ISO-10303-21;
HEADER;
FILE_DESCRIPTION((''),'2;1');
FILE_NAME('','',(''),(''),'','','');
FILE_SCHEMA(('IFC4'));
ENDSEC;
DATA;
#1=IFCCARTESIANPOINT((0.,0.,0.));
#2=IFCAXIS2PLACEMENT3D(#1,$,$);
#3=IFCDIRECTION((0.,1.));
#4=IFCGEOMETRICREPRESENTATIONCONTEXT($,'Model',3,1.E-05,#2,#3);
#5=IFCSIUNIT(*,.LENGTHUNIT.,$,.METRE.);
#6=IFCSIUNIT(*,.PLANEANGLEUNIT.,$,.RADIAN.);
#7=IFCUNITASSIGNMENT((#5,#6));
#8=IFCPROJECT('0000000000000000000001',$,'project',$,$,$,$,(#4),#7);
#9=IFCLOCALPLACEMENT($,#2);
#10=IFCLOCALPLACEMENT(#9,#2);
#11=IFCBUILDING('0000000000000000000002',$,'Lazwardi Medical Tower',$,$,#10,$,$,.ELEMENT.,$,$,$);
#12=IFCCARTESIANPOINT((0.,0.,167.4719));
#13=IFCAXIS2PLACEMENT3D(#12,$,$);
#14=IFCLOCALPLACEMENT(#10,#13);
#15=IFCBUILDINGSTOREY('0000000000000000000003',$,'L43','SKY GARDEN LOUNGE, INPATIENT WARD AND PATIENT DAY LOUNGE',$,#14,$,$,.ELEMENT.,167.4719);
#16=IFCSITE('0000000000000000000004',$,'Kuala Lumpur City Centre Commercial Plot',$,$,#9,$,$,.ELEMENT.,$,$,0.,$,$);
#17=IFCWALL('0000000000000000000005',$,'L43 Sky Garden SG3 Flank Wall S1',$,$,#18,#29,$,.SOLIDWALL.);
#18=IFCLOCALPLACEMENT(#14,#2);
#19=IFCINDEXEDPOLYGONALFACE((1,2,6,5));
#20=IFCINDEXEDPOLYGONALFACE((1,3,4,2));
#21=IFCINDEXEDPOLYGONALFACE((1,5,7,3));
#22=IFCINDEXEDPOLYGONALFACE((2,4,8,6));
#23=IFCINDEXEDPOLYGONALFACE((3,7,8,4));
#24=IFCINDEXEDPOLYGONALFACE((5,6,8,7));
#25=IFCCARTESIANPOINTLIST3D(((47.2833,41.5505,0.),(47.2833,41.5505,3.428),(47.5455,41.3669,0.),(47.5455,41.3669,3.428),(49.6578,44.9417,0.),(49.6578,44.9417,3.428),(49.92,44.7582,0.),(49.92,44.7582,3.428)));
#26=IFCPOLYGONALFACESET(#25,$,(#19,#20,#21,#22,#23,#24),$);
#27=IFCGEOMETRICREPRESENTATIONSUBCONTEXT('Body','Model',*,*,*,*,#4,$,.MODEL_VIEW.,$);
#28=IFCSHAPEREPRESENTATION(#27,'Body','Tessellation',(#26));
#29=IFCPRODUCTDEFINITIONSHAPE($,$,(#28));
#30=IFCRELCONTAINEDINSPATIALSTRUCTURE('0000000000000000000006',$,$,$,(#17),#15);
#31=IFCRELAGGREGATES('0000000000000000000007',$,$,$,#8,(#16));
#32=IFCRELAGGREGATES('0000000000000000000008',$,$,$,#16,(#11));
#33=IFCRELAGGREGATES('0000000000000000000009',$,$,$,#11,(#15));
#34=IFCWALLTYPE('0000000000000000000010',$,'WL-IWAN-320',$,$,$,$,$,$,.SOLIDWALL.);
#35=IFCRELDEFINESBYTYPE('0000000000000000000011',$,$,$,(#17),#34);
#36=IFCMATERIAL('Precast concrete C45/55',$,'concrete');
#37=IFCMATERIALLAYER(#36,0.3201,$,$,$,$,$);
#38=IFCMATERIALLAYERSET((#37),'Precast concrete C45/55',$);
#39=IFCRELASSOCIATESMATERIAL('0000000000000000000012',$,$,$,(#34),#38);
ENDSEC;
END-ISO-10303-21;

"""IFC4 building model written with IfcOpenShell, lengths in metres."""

from ifc_helpers import new_model, si_unit, direction, frame, frame_2d, origin, place, context, subcontext, project, spatial, rectangle, extrude, material, layer, layer_set, type_object, element, save


model = new_model("IFC4")

# Units and contexts
model_context = context("Model", 3, precision=1e-05, world=origin(), true_north=direction((0.0, 1.0)))
body_context = subcontext(model_context, "Body", "Model", "MODEL_VIEW")
ifc_project = project(units=[si_unit("LENGTHUNIT", "METRE"), si_unit("PLANEANGLEUNIT", "RADIAN")], contexts=[model_context])

# Site, building, storey
site_placement = place(None, origin())
site = spatial("IfcSite", under=ifc_project, at=site_placement, Name="Kuala Lumpur City Centre Commercial Plot", CompositionType="ELEMENT", RefElevation=0.0)
building_placement = place(site_placement, origin())
building = spatial("IfcBuilding", under=site, at=building_placement, Name="Lazwardi Medical Tower", CompositionType="ELEMENT")
storey_placement = place(building_placement, frame((0.0, 0.0, 167.4719)))
storey = spatial("IfcBuildingStorey", under=building, at=storey_placement, Name="L43", Description="SKY GARDEN LOUNGE, INPATIENT WARD AND PATIENT DAY LOUNGE", CompositionType="ELEMENT", Elevation=167.4719)

# Wall
ifc_material_1 = material(Name="Precast concrete C45/55", Category="concrete")
ifc_layer_1 = layer(ifc_material_1, 0.3201)
ifc_layer_set_1 = layer_set([ifc_layer_1], Name="Precast concrete C45/55")
wall_type_1 = type_object("IfcWallType", Name="WL-IWAN-320", PredefinedType="SOLIDWALL", material=ifc_layer_set_1)
wall_1_placement = place(storey_placement, frame((49.7888, 44.8499, 0.0), z_axis=(0.0, 0.0, 1.0), x_axis=(-0.573553, -0.819168, 0.0)))
element("IfcWall", 1, at=wall_1_placement, inside=storey, type_object=wall_type_1, Name="L43 Sky Garden SG3 Flank Wall S1", PredefinedType="SOLIDWALL", context=body_context, shape_type="SweptSolid", body=[
    extrude(rectangle(XDim=4.1399, YDim=0.3201, at=frame_2d((2.0698, 0.0))), origin(), (0.0, 0.0, 1.0), 3.428),
])

save(model, "model.ifc")
